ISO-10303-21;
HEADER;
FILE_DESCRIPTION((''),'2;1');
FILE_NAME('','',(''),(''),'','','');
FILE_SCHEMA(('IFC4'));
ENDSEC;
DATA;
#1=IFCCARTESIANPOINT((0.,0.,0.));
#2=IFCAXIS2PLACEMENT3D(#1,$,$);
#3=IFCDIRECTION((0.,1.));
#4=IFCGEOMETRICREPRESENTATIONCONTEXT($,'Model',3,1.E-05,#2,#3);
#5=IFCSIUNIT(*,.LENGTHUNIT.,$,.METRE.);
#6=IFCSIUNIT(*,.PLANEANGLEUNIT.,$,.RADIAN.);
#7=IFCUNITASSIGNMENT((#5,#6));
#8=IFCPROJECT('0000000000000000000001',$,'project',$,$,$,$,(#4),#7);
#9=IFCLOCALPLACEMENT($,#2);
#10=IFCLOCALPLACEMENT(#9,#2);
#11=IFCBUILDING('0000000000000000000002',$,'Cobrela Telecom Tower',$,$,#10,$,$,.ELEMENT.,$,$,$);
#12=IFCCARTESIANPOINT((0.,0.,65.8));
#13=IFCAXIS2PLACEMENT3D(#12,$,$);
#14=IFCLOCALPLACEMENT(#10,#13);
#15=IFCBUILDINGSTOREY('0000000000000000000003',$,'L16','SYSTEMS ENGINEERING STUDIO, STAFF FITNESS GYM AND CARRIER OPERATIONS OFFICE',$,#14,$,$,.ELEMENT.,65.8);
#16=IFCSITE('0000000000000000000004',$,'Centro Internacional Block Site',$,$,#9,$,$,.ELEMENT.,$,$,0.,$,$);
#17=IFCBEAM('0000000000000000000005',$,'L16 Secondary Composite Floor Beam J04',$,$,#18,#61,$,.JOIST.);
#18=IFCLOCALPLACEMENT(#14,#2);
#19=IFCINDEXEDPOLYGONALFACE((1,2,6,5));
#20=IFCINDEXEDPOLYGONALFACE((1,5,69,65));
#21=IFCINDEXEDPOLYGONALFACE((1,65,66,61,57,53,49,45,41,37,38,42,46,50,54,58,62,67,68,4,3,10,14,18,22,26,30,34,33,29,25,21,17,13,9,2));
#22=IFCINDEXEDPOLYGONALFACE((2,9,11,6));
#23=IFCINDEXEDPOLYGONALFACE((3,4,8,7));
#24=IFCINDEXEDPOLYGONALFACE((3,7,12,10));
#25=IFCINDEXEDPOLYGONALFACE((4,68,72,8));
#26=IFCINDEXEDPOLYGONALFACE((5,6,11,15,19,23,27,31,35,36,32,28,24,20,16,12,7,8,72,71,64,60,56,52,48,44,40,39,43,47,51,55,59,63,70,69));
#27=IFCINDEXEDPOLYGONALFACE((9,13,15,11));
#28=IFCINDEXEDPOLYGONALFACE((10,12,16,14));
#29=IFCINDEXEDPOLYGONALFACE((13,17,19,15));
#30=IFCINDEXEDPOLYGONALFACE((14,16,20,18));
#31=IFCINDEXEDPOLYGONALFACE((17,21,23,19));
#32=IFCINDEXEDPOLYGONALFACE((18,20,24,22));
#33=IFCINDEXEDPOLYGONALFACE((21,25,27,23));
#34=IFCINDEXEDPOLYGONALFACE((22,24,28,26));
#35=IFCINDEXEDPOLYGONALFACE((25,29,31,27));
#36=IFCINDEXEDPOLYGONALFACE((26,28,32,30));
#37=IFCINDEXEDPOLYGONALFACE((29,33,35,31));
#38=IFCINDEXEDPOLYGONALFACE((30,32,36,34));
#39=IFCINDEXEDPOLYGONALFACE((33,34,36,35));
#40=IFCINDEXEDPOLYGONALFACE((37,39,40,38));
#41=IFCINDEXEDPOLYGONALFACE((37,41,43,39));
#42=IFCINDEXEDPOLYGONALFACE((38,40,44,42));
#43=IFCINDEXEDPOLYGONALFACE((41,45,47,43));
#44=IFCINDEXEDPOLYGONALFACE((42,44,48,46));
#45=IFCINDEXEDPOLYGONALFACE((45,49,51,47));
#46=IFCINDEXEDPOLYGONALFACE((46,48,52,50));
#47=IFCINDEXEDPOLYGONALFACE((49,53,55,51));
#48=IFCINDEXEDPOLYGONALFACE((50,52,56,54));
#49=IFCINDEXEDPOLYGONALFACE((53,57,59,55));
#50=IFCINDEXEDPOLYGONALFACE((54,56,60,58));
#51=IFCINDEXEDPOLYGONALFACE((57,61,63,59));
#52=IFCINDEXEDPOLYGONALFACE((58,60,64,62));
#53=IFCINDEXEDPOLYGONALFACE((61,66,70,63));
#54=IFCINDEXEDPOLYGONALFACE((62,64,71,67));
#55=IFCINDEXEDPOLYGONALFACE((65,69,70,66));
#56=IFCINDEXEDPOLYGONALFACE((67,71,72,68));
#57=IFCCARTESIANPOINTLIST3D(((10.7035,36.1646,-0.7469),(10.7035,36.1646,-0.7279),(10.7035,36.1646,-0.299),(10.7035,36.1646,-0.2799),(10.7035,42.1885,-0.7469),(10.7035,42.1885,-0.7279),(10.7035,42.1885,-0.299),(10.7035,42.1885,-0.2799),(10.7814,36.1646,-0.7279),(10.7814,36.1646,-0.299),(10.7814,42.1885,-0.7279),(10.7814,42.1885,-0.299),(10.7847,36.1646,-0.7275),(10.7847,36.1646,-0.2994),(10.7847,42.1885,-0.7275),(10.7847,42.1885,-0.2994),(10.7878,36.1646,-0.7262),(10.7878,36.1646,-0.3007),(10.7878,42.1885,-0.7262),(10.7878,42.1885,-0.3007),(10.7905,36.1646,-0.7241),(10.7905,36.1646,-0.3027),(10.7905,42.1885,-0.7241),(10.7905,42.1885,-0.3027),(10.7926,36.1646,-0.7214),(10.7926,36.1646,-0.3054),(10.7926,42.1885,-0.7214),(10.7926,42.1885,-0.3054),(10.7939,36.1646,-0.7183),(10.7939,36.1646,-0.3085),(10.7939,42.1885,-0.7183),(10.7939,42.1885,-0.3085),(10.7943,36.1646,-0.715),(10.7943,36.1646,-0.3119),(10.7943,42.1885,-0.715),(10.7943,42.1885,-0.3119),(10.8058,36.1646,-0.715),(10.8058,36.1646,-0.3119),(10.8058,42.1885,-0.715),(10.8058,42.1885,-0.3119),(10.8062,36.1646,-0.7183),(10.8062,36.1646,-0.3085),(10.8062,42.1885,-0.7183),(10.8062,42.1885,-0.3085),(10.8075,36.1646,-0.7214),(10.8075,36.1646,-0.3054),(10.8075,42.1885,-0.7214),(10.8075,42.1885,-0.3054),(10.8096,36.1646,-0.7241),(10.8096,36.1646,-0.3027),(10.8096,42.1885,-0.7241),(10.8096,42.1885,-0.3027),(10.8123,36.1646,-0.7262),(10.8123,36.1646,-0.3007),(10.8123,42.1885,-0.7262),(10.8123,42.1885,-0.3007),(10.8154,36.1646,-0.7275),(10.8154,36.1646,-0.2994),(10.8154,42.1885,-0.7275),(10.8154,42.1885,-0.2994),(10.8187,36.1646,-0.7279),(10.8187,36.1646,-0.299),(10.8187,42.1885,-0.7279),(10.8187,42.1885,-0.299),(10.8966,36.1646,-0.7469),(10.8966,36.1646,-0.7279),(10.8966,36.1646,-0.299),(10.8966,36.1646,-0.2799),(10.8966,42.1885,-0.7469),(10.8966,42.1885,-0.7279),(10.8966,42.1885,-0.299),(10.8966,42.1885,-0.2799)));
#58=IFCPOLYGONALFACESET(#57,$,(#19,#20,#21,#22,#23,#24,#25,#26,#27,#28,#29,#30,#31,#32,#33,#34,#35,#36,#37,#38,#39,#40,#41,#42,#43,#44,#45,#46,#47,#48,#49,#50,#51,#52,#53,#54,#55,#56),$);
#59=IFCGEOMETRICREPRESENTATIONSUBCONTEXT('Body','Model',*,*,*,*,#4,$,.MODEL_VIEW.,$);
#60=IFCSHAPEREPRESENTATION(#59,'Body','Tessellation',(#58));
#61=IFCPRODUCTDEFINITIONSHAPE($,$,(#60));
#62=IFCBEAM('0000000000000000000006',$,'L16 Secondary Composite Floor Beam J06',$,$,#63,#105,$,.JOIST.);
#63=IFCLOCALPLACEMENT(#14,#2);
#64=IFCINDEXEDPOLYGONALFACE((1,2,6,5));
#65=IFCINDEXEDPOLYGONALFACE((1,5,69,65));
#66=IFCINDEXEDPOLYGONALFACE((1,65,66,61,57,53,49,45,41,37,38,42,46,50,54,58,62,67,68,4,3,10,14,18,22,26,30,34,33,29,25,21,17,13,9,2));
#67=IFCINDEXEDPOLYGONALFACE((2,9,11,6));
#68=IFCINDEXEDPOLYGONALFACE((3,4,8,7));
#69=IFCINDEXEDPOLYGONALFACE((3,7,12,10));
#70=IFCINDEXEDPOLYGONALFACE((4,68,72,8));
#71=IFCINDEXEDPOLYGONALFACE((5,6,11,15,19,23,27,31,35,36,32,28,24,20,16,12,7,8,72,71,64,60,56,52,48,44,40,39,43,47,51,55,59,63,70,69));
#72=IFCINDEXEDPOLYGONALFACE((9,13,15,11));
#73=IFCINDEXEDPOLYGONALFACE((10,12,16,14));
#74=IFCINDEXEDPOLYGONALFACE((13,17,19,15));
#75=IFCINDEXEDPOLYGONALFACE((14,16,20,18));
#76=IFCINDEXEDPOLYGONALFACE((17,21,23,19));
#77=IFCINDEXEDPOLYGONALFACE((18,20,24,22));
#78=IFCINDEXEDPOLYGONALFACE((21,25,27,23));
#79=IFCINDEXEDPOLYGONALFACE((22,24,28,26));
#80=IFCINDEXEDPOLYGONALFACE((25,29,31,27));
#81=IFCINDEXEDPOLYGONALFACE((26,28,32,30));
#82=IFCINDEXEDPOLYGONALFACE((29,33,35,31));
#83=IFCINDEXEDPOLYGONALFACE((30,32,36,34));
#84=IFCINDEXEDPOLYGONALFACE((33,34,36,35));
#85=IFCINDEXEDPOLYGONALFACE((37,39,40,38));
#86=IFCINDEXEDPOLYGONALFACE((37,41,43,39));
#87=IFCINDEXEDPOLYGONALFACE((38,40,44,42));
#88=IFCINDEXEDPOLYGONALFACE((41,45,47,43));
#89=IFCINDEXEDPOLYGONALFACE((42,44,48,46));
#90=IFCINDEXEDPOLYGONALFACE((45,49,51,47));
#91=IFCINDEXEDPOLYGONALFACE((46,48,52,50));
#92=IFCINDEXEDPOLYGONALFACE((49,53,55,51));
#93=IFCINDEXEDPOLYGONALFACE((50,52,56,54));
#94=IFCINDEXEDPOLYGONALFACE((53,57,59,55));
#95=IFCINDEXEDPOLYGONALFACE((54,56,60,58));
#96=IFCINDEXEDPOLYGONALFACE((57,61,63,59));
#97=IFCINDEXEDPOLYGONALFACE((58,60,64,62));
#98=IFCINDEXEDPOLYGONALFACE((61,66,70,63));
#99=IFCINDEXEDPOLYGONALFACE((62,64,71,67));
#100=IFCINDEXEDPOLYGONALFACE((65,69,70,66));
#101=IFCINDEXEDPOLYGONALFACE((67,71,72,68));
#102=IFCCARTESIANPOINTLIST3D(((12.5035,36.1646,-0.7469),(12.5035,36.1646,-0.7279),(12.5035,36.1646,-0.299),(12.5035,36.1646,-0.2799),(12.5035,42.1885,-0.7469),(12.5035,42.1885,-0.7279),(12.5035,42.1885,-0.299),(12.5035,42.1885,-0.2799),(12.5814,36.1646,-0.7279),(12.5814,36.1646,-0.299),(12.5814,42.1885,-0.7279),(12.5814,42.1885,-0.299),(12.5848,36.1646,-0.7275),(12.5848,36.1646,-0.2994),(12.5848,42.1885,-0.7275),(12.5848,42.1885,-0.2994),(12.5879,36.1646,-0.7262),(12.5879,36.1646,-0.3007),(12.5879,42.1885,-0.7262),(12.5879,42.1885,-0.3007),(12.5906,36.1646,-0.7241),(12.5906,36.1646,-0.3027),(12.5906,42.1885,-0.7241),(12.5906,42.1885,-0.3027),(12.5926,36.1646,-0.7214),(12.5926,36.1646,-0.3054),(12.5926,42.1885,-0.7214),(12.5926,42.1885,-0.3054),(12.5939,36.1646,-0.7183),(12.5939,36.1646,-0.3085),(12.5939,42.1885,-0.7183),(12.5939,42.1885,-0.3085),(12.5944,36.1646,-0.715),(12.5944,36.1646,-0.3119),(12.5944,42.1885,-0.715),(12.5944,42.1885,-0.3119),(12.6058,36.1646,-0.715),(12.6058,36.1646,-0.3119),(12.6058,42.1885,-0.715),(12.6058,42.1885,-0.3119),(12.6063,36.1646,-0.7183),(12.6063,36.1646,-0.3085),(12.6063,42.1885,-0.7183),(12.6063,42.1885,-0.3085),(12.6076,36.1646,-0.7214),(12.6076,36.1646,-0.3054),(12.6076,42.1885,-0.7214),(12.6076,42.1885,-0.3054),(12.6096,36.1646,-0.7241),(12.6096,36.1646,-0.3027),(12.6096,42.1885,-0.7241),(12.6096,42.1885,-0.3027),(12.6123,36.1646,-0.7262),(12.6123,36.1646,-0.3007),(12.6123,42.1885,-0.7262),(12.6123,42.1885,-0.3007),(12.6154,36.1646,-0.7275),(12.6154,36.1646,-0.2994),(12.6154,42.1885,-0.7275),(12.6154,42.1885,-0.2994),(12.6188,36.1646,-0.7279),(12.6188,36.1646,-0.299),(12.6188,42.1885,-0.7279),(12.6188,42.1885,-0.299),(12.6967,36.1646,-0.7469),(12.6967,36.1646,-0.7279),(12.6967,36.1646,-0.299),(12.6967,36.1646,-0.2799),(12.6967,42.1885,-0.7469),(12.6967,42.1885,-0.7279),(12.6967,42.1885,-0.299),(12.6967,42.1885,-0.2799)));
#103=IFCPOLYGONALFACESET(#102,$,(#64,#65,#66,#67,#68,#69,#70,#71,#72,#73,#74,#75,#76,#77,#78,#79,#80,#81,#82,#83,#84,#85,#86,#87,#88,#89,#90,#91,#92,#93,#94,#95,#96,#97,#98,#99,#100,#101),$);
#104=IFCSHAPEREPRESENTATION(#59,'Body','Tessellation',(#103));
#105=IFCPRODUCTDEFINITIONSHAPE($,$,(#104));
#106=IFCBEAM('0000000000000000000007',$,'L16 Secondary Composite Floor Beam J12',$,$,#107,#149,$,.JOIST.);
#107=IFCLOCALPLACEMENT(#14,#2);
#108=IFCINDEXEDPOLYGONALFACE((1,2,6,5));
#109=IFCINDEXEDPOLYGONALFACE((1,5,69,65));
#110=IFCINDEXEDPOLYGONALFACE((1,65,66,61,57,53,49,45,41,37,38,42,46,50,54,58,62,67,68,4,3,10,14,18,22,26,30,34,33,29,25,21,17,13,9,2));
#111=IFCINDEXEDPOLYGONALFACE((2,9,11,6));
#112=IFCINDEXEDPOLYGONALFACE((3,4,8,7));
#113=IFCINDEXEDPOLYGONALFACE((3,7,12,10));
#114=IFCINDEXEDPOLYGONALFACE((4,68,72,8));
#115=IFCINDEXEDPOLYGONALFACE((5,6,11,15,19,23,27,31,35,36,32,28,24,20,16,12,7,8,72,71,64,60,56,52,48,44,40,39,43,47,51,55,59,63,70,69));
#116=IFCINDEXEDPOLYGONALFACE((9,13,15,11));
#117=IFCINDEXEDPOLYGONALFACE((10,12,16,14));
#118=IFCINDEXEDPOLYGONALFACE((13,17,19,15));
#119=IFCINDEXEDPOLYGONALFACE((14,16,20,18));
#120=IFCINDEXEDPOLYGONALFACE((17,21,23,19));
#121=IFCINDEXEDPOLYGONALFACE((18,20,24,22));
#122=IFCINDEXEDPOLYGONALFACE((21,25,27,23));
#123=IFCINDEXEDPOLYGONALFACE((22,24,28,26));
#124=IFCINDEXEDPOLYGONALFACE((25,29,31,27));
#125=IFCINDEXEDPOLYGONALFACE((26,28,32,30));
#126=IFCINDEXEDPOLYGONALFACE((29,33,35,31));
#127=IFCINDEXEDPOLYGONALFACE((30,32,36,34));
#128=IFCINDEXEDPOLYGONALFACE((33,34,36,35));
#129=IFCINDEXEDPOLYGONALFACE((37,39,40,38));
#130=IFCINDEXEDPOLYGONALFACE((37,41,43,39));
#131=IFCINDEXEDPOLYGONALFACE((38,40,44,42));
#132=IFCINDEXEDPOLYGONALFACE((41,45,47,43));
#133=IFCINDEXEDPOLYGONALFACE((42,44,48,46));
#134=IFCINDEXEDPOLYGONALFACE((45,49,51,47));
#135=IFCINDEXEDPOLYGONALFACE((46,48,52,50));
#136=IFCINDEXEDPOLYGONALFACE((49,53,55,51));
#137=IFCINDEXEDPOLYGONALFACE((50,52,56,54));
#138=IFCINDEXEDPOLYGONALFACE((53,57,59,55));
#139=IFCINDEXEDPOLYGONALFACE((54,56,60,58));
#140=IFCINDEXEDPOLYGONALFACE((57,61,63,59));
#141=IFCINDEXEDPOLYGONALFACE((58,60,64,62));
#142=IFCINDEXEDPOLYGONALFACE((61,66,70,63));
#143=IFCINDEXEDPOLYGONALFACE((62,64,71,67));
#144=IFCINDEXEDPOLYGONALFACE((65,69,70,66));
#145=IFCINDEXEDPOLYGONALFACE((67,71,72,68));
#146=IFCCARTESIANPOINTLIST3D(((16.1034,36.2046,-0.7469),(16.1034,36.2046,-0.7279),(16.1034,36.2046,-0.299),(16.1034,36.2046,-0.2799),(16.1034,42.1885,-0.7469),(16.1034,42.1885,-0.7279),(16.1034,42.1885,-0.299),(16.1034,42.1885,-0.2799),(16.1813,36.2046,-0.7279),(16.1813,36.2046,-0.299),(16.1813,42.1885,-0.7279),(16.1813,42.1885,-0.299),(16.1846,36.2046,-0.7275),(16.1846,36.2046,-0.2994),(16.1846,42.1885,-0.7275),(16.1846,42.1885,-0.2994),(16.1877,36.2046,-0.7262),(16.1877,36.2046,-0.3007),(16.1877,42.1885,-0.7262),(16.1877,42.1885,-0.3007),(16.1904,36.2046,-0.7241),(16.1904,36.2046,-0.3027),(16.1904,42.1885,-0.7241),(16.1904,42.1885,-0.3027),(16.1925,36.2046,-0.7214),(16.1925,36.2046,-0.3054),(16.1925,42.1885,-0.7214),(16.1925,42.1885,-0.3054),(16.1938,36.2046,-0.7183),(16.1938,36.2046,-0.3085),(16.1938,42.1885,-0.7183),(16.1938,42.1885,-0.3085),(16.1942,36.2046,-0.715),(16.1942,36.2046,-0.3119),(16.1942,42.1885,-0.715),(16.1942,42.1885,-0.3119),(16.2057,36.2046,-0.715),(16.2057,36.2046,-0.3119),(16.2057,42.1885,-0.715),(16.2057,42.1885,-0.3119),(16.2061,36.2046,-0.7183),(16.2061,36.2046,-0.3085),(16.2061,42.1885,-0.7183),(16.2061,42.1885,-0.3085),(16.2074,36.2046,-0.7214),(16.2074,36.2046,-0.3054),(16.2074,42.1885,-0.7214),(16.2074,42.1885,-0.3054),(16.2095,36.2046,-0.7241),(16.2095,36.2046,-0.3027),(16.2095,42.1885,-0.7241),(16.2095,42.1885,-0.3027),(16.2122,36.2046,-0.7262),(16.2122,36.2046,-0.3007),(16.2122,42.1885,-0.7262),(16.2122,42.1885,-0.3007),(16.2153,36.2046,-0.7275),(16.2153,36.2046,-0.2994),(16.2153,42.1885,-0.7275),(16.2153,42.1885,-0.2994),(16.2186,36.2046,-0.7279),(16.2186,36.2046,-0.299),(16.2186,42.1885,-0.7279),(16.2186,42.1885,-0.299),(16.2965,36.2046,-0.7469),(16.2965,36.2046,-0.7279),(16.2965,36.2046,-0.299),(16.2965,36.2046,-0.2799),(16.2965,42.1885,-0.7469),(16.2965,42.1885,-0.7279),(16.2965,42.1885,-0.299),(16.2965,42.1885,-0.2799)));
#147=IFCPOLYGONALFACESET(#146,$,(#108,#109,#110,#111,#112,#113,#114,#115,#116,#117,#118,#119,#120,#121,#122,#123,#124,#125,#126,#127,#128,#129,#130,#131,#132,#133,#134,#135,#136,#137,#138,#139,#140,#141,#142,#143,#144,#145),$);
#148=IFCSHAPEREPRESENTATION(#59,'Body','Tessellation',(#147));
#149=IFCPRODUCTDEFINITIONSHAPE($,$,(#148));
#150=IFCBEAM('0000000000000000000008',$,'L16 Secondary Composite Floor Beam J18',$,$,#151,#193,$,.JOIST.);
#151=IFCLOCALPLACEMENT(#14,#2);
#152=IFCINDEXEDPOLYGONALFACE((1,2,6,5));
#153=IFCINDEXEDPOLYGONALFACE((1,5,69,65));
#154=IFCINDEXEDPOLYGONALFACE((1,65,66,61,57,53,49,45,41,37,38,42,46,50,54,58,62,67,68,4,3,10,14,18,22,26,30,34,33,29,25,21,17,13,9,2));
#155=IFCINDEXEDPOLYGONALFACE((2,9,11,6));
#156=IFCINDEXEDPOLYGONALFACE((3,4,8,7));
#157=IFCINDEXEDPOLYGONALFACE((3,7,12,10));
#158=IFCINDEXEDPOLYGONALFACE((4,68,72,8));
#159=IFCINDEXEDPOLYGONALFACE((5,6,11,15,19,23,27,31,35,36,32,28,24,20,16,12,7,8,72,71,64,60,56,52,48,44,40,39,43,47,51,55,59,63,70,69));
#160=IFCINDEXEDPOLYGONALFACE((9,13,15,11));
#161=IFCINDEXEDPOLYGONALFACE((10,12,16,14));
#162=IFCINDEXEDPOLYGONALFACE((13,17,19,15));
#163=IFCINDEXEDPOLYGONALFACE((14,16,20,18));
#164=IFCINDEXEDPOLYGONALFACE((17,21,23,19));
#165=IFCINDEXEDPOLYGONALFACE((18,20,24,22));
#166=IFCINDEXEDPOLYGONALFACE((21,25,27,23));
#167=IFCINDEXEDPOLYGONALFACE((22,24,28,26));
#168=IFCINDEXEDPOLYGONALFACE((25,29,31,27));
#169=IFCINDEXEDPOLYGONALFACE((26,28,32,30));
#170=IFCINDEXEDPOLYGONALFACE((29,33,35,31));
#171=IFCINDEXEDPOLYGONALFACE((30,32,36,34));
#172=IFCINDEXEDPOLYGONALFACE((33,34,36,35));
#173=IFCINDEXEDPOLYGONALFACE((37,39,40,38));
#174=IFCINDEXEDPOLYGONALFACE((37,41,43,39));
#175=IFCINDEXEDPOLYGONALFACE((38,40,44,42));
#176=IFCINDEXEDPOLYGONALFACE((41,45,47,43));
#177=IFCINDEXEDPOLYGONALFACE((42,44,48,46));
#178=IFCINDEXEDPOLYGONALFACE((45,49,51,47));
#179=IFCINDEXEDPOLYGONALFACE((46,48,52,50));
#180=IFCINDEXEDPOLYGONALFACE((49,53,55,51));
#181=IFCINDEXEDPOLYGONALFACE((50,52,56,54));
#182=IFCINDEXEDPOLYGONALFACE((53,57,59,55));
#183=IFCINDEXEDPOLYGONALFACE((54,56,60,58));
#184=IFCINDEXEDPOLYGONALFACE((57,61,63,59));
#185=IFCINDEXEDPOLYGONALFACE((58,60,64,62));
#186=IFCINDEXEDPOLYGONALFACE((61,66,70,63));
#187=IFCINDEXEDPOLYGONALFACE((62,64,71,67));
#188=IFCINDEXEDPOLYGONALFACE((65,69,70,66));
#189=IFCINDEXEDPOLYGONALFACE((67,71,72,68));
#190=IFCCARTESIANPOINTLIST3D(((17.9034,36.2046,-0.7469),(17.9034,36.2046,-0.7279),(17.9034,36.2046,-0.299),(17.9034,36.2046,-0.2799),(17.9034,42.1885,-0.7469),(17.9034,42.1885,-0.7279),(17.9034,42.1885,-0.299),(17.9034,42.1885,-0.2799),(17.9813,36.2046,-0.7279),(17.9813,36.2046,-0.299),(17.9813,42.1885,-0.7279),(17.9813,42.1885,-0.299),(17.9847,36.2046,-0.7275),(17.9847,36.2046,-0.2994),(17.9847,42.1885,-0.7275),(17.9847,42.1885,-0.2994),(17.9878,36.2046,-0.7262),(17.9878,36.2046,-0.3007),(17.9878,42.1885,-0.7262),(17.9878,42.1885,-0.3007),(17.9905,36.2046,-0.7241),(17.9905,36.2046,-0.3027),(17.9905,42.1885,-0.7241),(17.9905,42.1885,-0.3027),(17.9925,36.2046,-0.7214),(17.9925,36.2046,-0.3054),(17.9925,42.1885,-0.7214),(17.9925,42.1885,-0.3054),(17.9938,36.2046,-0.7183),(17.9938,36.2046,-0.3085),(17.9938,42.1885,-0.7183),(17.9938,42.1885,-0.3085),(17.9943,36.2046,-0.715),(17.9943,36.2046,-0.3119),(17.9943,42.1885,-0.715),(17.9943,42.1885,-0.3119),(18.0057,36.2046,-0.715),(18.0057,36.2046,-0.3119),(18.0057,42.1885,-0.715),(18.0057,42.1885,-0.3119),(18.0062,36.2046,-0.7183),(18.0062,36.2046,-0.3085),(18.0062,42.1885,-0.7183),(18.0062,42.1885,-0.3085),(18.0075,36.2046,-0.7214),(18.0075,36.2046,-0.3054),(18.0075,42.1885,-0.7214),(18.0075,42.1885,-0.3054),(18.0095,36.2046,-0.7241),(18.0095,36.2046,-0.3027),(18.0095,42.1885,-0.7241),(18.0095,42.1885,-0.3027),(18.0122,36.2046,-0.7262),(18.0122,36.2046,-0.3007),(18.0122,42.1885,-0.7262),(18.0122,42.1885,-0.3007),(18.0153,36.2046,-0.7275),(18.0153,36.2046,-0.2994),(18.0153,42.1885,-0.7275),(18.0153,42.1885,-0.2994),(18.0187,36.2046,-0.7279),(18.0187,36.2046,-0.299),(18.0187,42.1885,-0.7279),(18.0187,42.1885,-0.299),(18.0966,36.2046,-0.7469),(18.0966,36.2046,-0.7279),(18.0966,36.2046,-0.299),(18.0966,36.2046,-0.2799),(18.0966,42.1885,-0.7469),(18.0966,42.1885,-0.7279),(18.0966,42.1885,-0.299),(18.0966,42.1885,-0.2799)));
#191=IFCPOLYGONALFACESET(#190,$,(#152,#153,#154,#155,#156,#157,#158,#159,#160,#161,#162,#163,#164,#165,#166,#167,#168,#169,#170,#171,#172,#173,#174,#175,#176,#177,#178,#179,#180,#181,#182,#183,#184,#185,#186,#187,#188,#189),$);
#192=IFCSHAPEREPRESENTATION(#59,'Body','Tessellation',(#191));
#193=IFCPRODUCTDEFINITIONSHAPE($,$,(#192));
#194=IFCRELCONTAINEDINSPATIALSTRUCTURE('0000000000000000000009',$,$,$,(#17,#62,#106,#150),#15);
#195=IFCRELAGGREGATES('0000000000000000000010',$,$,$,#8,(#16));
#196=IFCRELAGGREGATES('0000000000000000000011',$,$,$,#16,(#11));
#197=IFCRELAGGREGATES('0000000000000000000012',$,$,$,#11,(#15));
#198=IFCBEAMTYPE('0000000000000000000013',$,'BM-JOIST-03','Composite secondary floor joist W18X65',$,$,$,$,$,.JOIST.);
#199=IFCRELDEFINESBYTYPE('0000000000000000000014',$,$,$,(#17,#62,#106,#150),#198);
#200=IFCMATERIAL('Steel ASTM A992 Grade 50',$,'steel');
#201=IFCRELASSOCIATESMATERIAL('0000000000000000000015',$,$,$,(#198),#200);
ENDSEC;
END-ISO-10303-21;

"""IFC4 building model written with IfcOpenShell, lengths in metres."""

from ifc_helpers import new_model, si_unit, direction, frame, origin, origin_2d, place, context, subcontext, project, spatial, i_section, extrude, material, material_profile, profile_set, type_object, element, save


model = new_model("IFC4")

# Units and contexts
model_context = context("Model", 3, precision=1e-05, world=origin(), true_north=direction((0.0, 1.0)))
body_context = subcontext(model_context, "Body", "Model", "MODEL_VIEW")
ifc_project = project(units=[si_unit("LENGTHUNIT", "METRE"), si_unit("PLANEANGLEUNIT", "RADIAN")], contexts=[model_context])

# Site, building, storey
site_placement = place(None, origin())
site = spatial("IfcSite", under=ifc_project, at=site_placement, Name="Centro Internacional Block Site", CompositionType="ELEMENT", RefElevation=0.0)
building_placement = place(site_placement, origin())
building = spatial("IfcBuilding", under=site, at=building_placement, Name="Cobrela Telecom Tower", CompositionType="ELEMENT")
storey_placement = place(building_placement, frame((0.0, 0.0, 65.8)))
storey = spatial("IfcBuildingStorey", under=building, at=storey_placement, Name="L16", Description="SYSTEMS ENGINEERING STUDIO, STAFF FITNESS GYM AND CARRIER OPERATIONS OFFICE", CompositionType="ELEMENT", Elevation=65.8)

# Beams
ifc_material_1 = material(Name="Steel ASTM A992 Grade 50", Category="steel")
ifc_material_profile_1 = material_profile(ifc_material_1, i_section(OverallWidth=0.1931, OverallDepth=0.467, WebThickness=0.0115, FlangeThickness=0.019, FilletRadius=0.0129, at=origin_2d()), Name="W18X65")
ifc_profile_set_1 = profile_set([ifc_material_profile_1], Name="Steel ASTM A992 Grade 50")
beam_type_1 = type_object("IfcBeamType", Name="BM-JOIST-03", Description="Composite secondary floor joist W18X65", PredefinedType="JOIST", material=ifc_profile_set_1)
for number, where, z_axis, x_axis, name in (
    (1, (10.8, 36.1646, -0.5134), (0.0, 1.0, 0.0), (-1.0, 0.0, 0.0), "L16 Secondary Composite Floor Beam J04"),
    (2, (12.6001, 36.1646, -0.5134), (0.0, 1.0, 0.0), (-1.0, 0.0, 0.0), "L16 Secondary Composite Floor Beam J06"),
):
    element("IfcBeam", number, at=place(storey_placement, frame(where, z_axis=z_axis, x_axis=x_axis)), inside=storey, type_object=beam_type_1, Name=name, PredefinedType="JOIST", context=body_context, shape_type="SweptSolid", body=[
        extrude(i_section(OverallWidth=0.1931, OverallDepth=0.467, WebThickness=0.0115, FlangeThickness=0.019, FilletRadius=0.0129, at=origin_2d()), origin(), (0.0, 0.0, 1.0), 6.0239),
    ])
for number, where, z_axis, x_axis, name in (
    (3, (16.2, 36.2046, -0.5134), (0.0, 1.0, 0.0), (-1.0, 0.0, 0.0), "L16 Secondary Composite Floor Beam J12"),
    (4, (18.0, 36.2046, -0.5134), (0.0, 1.0, 0.0), (-1.0, 0.0, 0.0), "L16 Secondary Composite Floor Beam J18"),
):
    element("IfcBeam", number, at=place(storey_placement, frame(where, z_axis=z_axis, x_axis=x_axis)), inside=storey, type_object=beam_type_1, Name=name, PredefinedType="JOIST", context=body_context, shape_type="SweptSolid", body=[
        extrude(i_section(OverallWidth=0.1931, OverallDepth=0.467, WebThickness=0.0115, FlangeThickness=0.019, FilletRadius=0.0129, at=origin_2d()), origin(), (0.0, 0.0, 1.0), 5.9839),
    ])

save(model, "model.ifc")
